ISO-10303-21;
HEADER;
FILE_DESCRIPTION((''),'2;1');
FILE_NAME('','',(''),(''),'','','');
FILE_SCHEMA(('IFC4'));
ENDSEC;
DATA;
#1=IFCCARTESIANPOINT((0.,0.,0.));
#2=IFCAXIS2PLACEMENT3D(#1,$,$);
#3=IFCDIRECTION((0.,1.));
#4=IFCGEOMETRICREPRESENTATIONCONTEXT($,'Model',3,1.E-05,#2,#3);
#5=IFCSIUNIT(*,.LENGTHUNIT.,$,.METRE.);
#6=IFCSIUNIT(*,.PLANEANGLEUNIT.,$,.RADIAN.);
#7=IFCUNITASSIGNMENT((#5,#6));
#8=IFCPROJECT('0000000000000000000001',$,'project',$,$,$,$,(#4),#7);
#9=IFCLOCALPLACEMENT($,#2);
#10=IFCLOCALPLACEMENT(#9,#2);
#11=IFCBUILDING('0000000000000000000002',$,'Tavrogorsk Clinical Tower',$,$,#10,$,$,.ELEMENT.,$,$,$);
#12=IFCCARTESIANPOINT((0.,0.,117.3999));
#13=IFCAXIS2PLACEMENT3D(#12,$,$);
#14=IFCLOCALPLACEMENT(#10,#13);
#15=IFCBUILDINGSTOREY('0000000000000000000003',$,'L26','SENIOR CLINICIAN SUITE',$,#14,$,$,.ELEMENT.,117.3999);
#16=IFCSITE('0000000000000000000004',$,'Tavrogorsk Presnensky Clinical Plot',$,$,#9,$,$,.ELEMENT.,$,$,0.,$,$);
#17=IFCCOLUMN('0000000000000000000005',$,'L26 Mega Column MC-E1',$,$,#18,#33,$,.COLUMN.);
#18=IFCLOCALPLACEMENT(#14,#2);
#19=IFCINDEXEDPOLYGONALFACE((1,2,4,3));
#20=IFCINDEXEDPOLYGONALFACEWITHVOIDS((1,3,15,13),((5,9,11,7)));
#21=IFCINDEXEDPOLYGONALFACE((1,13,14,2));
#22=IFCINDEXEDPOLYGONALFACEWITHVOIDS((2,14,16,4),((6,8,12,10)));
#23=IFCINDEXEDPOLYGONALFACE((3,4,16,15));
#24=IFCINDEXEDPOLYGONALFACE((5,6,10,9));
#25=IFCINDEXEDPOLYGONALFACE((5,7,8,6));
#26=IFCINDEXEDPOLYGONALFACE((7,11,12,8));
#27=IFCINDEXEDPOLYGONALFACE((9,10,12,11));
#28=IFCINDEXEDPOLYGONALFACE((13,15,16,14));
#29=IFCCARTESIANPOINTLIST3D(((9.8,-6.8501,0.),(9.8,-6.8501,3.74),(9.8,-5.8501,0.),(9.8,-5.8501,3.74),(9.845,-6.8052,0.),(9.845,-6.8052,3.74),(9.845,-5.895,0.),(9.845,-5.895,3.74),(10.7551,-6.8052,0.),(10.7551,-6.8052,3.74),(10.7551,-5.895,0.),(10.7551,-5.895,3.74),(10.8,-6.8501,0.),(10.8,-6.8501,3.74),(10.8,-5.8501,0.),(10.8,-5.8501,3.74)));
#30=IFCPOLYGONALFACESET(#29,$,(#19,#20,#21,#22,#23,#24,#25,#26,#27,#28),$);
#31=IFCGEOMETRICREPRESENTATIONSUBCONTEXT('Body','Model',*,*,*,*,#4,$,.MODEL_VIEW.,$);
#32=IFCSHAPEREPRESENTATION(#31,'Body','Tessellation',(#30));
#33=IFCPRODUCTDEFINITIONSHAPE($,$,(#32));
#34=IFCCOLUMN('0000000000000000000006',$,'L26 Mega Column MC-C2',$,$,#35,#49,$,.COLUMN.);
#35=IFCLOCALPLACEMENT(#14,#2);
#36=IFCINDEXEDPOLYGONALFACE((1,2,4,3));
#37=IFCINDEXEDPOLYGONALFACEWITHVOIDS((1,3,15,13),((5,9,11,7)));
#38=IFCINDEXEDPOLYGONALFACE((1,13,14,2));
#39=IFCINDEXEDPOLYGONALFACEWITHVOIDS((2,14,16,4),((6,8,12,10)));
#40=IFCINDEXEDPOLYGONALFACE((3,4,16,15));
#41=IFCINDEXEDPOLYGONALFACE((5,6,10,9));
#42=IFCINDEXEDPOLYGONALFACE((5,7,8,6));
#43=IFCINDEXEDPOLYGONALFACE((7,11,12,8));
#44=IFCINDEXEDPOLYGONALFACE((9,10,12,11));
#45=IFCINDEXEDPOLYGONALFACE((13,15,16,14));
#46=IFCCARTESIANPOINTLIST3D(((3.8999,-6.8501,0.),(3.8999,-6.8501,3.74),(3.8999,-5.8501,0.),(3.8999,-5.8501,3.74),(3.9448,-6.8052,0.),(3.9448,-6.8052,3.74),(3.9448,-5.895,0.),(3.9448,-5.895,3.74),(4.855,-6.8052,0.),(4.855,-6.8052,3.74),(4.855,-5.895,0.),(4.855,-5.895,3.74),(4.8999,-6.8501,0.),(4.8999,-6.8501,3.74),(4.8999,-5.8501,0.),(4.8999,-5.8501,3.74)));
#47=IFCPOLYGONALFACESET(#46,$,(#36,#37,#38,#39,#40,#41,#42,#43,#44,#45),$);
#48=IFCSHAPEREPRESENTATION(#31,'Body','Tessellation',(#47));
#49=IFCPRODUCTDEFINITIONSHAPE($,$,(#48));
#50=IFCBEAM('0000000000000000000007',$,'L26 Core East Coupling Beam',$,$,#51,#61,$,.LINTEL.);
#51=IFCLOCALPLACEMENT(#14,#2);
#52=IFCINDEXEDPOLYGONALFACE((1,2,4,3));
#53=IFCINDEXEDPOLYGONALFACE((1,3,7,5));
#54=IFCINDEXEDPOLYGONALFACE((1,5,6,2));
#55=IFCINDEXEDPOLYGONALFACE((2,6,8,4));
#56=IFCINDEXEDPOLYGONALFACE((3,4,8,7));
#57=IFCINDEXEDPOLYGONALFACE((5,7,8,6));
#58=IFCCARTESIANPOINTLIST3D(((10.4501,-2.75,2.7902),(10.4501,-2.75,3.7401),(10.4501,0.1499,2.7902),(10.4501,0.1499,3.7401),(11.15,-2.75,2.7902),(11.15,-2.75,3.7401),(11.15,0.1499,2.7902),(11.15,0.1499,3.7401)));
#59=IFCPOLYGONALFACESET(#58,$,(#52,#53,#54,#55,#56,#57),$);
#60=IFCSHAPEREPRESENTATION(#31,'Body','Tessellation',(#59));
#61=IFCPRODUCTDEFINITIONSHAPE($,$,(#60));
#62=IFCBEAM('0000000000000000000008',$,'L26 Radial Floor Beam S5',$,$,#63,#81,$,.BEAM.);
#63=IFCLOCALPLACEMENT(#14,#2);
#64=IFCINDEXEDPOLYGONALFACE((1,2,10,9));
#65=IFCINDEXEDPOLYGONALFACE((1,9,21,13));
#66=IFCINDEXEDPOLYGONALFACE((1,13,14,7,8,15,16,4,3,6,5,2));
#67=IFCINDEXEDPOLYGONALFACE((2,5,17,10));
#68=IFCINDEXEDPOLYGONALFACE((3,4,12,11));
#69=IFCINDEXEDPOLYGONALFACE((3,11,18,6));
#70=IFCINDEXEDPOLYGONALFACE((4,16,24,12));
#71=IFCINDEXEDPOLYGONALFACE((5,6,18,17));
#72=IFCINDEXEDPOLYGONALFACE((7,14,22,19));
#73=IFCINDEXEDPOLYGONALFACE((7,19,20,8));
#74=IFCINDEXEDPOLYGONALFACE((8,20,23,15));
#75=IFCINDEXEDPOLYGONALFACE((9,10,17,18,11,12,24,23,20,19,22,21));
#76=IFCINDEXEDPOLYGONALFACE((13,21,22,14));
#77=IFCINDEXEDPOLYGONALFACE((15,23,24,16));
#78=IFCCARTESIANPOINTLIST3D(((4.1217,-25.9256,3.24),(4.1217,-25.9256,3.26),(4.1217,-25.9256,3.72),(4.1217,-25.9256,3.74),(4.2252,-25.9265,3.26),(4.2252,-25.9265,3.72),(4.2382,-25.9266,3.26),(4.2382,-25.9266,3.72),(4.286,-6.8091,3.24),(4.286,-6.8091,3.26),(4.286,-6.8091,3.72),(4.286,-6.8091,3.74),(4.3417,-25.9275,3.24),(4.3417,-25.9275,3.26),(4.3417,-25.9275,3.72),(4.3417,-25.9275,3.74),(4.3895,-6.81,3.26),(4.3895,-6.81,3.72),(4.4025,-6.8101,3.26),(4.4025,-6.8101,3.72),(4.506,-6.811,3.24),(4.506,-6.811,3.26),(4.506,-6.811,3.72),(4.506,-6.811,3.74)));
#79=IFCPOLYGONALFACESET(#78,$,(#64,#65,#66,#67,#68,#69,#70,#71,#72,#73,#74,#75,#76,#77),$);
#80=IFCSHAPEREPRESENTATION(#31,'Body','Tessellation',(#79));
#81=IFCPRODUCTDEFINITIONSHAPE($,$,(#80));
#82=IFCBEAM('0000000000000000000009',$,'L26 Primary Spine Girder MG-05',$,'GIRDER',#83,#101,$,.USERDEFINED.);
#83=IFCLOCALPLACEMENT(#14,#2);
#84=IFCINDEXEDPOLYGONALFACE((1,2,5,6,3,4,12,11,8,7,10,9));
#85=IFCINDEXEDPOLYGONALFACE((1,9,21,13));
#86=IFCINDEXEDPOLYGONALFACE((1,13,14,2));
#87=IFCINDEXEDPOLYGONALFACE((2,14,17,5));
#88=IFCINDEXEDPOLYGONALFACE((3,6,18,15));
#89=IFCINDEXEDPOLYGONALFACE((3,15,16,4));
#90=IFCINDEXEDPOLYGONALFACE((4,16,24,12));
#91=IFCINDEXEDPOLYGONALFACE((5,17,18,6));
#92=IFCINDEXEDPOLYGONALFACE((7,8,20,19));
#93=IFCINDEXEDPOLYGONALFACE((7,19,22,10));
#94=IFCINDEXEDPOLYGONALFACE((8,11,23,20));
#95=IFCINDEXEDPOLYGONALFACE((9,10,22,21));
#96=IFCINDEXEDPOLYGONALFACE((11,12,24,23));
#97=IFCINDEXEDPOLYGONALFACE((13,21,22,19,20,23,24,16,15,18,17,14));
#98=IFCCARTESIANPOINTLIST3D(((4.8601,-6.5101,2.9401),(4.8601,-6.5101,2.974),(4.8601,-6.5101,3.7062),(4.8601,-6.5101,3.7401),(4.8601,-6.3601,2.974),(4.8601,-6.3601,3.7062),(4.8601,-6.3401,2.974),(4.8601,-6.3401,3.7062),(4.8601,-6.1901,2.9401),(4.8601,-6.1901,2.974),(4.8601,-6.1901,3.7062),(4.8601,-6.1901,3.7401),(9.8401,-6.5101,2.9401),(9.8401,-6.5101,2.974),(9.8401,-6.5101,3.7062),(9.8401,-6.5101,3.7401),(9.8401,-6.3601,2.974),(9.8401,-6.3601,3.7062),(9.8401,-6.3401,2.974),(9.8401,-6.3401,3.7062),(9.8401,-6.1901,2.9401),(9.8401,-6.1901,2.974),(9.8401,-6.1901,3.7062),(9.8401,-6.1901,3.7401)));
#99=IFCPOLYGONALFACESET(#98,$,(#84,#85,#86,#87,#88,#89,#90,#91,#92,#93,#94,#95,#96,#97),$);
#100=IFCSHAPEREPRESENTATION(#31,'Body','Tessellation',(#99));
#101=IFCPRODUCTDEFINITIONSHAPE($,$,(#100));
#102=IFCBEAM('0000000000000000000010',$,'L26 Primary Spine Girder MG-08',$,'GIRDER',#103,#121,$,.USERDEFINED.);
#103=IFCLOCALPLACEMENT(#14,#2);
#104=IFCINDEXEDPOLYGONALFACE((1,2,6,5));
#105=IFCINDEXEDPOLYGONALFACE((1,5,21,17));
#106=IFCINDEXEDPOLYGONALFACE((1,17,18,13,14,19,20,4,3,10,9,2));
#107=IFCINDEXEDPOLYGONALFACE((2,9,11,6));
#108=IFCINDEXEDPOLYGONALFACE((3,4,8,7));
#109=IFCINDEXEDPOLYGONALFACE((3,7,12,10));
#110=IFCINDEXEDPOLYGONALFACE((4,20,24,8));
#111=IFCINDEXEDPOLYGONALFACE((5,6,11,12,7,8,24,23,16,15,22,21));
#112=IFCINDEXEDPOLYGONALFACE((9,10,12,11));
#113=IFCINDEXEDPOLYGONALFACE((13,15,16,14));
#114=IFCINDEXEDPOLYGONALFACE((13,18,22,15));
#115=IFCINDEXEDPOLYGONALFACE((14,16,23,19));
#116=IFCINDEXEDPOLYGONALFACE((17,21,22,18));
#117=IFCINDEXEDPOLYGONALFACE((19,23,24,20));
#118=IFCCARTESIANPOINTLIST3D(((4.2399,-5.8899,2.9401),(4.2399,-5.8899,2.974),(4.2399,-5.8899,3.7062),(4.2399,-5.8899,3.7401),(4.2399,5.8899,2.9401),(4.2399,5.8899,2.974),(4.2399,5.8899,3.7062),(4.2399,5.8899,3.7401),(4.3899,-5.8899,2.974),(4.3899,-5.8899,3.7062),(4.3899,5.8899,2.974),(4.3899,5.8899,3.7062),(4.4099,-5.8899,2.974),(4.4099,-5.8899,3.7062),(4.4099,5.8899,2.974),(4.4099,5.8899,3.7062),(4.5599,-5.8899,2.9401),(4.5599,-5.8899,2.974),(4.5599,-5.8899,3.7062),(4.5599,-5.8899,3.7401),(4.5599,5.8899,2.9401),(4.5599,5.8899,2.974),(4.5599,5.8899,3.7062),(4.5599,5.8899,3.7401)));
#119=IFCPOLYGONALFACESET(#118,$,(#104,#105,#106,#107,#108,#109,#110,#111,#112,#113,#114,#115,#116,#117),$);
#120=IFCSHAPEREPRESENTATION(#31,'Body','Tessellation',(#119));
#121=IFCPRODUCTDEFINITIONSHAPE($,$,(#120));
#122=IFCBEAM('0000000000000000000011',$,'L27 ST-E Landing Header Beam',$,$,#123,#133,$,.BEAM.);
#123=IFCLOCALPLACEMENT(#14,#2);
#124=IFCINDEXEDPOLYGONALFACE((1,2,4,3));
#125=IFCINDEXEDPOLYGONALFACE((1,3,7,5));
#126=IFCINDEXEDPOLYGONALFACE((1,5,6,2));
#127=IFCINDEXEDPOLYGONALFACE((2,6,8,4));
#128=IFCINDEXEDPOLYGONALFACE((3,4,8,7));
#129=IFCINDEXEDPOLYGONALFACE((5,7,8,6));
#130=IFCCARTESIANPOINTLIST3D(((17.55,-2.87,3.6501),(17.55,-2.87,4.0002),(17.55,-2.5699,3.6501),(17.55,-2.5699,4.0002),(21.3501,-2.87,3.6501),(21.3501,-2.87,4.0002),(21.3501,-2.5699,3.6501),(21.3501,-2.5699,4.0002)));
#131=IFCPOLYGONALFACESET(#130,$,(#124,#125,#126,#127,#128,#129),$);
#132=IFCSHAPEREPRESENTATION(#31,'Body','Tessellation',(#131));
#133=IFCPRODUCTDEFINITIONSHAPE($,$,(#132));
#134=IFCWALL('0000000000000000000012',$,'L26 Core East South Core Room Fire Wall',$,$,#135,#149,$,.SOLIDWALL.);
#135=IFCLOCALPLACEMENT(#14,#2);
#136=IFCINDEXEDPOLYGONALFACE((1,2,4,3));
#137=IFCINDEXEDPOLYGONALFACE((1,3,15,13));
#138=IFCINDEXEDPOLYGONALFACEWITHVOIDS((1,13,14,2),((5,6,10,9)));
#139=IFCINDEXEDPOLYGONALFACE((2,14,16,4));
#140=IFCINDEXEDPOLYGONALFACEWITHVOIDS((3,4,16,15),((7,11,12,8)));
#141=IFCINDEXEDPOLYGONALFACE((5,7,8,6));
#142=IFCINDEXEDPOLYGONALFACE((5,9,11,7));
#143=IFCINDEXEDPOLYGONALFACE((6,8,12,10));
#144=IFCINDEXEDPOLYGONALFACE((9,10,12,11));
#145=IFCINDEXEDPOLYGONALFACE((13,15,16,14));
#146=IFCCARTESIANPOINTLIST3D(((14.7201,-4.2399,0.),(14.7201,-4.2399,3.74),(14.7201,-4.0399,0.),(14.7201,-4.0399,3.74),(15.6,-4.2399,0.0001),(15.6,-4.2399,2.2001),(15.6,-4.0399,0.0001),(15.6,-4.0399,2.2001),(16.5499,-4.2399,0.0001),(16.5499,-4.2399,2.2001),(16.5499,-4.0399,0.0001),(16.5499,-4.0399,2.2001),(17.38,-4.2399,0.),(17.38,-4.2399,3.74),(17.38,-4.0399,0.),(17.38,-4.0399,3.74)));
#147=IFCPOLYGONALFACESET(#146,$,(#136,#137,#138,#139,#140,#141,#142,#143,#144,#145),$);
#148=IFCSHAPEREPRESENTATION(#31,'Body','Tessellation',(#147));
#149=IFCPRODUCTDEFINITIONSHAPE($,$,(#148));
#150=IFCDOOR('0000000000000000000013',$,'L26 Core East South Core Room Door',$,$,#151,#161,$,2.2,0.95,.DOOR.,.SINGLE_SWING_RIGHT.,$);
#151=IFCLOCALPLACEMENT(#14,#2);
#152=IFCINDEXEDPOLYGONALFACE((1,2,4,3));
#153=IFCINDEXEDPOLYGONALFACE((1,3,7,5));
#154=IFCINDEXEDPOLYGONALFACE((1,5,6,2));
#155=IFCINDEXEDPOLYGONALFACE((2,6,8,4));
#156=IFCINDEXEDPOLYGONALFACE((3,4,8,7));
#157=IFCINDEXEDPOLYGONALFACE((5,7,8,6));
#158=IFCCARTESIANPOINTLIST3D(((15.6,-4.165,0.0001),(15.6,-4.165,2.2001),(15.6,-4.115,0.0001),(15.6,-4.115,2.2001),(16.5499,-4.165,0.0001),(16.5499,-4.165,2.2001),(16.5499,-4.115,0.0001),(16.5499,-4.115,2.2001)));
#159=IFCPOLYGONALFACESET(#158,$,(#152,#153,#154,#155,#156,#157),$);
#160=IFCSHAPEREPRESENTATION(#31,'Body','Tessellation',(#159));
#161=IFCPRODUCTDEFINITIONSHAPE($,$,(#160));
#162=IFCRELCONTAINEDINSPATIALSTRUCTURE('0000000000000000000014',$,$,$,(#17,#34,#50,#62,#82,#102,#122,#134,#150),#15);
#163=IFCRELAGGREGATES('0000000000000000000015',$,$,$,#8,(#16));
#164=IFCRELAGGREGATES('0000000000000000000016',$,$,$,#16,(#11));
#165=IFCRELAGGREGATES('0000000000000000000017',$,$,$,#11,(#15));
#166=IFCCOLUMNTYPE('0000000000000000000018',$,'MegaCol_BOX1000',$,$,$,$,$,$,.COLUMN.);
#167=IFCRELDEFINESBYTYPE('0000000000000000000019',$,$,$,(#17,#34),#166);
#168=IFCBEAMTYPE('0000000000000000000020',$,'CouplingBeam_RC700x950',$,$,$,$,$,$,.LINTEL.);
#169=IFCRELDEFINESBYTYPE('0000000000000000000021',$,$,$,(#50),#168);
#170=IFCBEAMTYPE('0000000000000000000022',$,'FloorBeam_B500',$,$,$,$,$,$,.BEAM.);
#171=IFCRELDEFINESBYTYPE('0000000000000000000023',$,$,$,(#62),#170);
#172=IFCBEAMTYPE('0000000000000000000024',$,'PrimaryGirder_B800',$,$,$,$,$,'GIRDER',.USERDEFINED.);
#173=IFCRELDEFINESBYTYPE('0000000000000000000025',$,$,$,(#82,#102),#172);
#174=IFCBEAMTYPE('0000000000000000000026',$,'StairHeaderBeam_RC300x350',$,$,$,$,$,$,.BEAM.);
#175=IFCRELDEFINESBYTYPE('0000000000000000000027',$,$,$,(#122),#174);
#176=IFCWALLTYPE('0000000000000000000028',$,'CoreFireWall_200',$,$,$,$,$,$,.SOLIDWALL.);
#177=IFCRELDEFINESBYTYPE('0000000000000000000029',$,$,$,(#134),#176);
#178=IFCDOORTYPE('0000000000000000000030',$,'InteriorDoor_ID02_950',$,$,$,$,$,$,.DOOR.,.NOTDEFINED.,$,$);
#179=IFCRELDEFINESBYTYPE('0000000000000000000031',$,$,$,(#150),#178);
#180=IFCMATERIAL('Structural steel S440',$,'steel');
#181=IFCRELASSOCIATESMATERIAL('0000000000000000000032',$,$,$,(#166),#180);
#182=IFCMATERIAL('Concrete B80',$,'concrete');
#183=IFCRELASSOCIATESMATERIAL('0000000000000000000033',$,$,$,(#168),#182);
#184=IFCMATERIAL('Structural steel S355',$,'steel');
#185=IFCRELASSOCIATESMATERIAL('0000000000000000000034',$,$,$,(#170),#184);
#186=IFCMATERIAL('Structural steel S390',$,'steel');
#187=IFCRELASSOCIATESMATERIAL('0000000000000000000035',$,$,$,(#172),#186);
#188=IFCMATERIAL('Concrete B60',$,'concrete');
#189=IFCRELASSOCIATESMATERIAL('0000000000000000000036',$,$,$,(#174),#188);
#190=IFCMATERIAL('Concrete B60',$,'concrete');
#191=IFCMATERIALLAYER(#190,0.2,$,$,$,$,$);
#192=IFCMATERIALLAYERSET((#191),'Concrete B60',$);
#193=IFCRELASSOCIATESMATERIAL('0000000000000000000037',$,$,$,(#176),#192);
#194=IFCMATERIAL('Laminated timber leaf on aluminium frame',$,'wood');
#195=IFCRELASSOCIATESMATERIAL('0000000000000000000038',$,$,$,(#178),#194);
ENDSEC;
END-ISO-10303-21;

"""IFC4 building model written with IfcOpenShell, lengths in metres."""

from ifc_helpers import new_model, si_unit, direction, frame, frame_2d, origin, origin_2d, place, context, subcontext, project, spatial, rectangle, hollow_rectangle, i_section, extrude, material, layer, layer_set, material_profile, profile_set, type_object, element, fill, save


model = new_model("IFC4")

# Units and contexts
model_context = context("Model", 3, precision=1e-05, world=origin(), true_north=direction((0.0, 1.0)))
body_context = subcontext(model_context, "Body", "Model", "MODEL_VIEW")
ifc_project = project(units=[si_unit("LENGTHUNIT", "METRE"), si_unit("PLANEANGLEUNIT", "RADIAN")], contexts=[model_context])

# Site, building, storey
site_placement = place(None, origin())
site = spatial("IfcSite", under=ifc_project, at=site_placement, Name="Tavrogorsk Presnensky Clinical Plot", CompositionType="ELEMENT", RefElevation=0.0)
building_placement = place(site_placement, origin())
building = spatial("IfcBuilding", under=site, at=building_placement, Name="Tavrogorsk Clinical Tower", CompositionType="ELEMENT")
storey_placement = place(building_placement, frame((0.0, 0.0, 117.3999)))
storey = spatial("IfcBuildingStorey", under=building, at=storey_placement, Name="L26", Description="SENIOR CLINICIAN SUITE", CompositionType="ELEMENT", Elevation=117.3999)

# Columns
ifc_material_1 = material(Name="Structural steel S440", Category="steel")
ifc_material_profile_1 = material_profile(ifc_material_1, hollow_rectangle(XDim=1.0, YDim=1.0, WallThickness=0.0449, at=origin_2d()), Name="BOX-1000x1000x45")
ifc_profile_set_1 = profile_set([ifc_material_profile_1], Name="Structural steel S440")
column_type = type_object("IfcColumnType", Name="MegaCol_BOX1000", PredefinedType="COLUMN", material=ifc_profile_set_1)
for number, where, z_axis, x_axis, name in (
    (1, (10.3, -6.3501, 0.0), (0.0, 0.0, 1.0), (1.0, 0.0, 0.0), "L26 Mega Column MC-E1"),
    (2, (4.3999, -6.3501, 0.0), (0.0, 0.0, 1.0), (1.0, 0.0, 0.0), "L26 Mega Column MC-C2"),
):
    element("IfcColumn", number, at=place(storey_placement, frame(where, z_axis=z_axis, x_axis=x_axis)), inside=storey, type_object=column_type, Name=name, PredefinedType="COLUMN", context=body_context, shape_type="SweptSolid", body=[
        extrude(hollow_rectangle(XDim=1.0, YDim=1.0, WallThickness=0.0449, at=origin_2d()), origin(), (0.0, 0.0, 1.0), 3.74),
    ])

# Beams
ifc_material_2 = material(Name="Concrete B80", Category="concrete")
ifc_material_profile_2 = material_profile(ifc_material_2, rectangle(XDim=0.7, YDim=0.95, at=origin_2d()), Name="RC-CB-700x950")
ifc_profile_set_2 = profile_set([ifc_material_profile_2], Name="Concrete B80")
beam_type_1 = type_object("IfcBeamType", Name="CouplingBeam_RC700x950", PredefinedType="LINTEL", material=ifc_profile_set_2)
beam_1_placement = place(storey_placement, frame((10.8, -2.75, 3.2651), z_axis=(0.0, 1.0, 0.0), x_axis=(-1.0, 0.0, 0.0)))
element("IfcBeam", 3, at=beam_1_placement, inside=storey, type_object=beam_type_1, Name="L26 Core East Coupling Beam", PredefinedType="LINTEL", context=body_context, shape_type="SweptSolid", body=[
    extrude(rectangle(XDim=0.7, YDim=0.95, at=origin_2d()), origin(), (0.0, 0.0, 1.0), 2.8999),
])
ifc_material_3 = material(Name="Structural steel S355", Category="steel")
ifc_material_profile_3 = material_profile(ifc_material_3, i_section(OverallWidth=0.22, OverallDepth=0.5, WebThickness=0.0129, FlangeThickness=0.02, at=origin_2d()), Name="B-500x220x13x20")
ifc_profile_set_3 = profile_set([ifc_material_profile_3], Name="Structural steel S355")
beam_type_2 = type_object("IfcBeamType", Name="FloorBeam_B500", PredefinedType="BEAM", material=ifc_profile_set_3)
beam_2_placement = place(storey_placement, frame((4.396, -6.8101, 3.49), z_axis=(-0.008595, -0.999963, 0.0), x_axis=(0.999963, -0.008595, 0.0)))
element("IfcBeam", 4, at=beam_2_placement, inside=storey, type_object=beam_type_2, Name="L26 Radial Floor Beam S5", PredefinedType="BEAM", context=body_context, shape_type="SweptSolid", body=[
    extrude(i_section(OverallWidth=0.22, OverallDepth=0.5, WebThickness=0.0129, FlangeThickness=0.02, at=origin_2d()), origin(), (0.0, 0.0, 1.0), 19.1172),
])
ifc_material_4 = material(Name="Structural steel S390", Category="steel")
ifc_material_profile_4 = material_profile(ifc_material_4, i_section(OverallWidth=0.3201, OverallDepth=0.8, WebThickness=0.02, FlangeThickness=0.0339, at=origin_2d()), Name="B-800x320x20x34")
ifc_profile_set_4 = profile_set([ifc_material_profile_4], Name="Structural steel S390")
beam_type_3 = type_object("IfcBeamType", Name="PrimaryGirder_B800", ElementType="GIRDER", PredefinedType="USERDEFINED", material=ifc_profile_set_4)
beam_3_placement = place(storey_placement, frame((4.8601, -6.3501, 3.3401), z_axis=(1.0, 0.0, 0.0), x_axis=(0.0, 1.0, 0.0)))
element("IfcBeam", 5, at=beam_3_placement, inside=storey, type_object=beam_type_3, Name="L26 Primary Spine Girder MG-05", ObjectType="GIRDER", PredefinedType="USERDEFINED", context=body_context, shape_type="SweptSolid", body=[
    extrude(i_section(OverallWidth=0.3201, OverallDepth=0.8, WebThickness=0.02, FlangeThickness=0.0339, at=origin_2d()), origin(), (0.0, 0.0, 1.0), 4.98),
])
beam_4_placement = place(storey_placement, frame((4.3999, -5.8899, 3.3401), z_axis=(0.0, 1.0, 0.0), x_axis=(-1.0, 0.0, 0.0)))
element("IfcBeam", 6, at=beam_4_placement, inside=storey, type_object=beam_type_3, Name="L26 Primary Spine Girder MG-08", ObjectType="GIRDER", PredefinedType="USERDEFINED", context=body_context, shape_type="SweptSolid", body=[
    extrude(i_section(OverallWidth=0.3201, OverallDepth=0.8, WebThickness=0.02, FlangeThickness=0.0339, at=origin_2d()), origin(), (0.0, 0.0, 1.0), 11.7798),
])
ifc_material_5 = material(Name="Concrete B60", Category="concrete")
ifc_material_profile_5 = material_profile(ifc_material_5, rectangle(XDim=0.3, YDim=0.3501, at=origin_2d()), Name="RC-SHB-300x350")
ifc_profile_set_5 = profile_set([ifc_material_profile_5], Name="Concrete B60")
beam_type_4 = type_object("IfcBeamType", Name="StairHeaderBeam_RC300x350", PredefinedType="BEAM", material=ifc_profile_set_5)
beam_5_placement = place(storey_placement, frame((17.55, -2.72, 3.8252), z_axis=(1.0, 0.0, 0.0), x_axis=(0.0, 1.0, 0.0)))
element("IfcBeam", 7, at=beam_5_placement, inside=storey, type_object=beam_type_4, Name="L27 ST-E Landing Header Beam", PredefinedType="BEAM", context=body_context, shape_type="SweptSolid", body=[
    extrude(rectangle(XDim=0.3, YDim=0.3501, at=origin_2d()), origin(), (0.0, 0.0, 1.0), 3.8),
])

# Wall, opening, door
ifc_material_6 = material(Name="Concrete B60", Category="concrete")
ifc_layer_1 = layer(ifc_material_6, 0.2)
ifc_layer_set_1 = layer_set([ifc_layer_1], Name="Concrete B60")
wall_type_1 = type_object("IfcWallType", Name="CoreFireWall_200", PredefinedType="SOLIDWALL", material=ifc_layer_set_1)
wall_1_placement = place(storey_placement, frame((14.72, -4.1399, 0.0), z_axis=(0.0, 0.0, 1.0), x_axis=(1.0, 0.0, 0.0)))
wall_1 = element("IfcWall", 8, at=wall_1_placement, inside=storey, type_object=wall_type_1, Name="L26 Core East South Core Room Fire Wall", PredefinedType="SOLIDWALL", context=body_context, shape_type="SweptSolid", body=[
    extrude(rectangle(XDim=2.6599, YDim=0.2, at=frame_2d((1.3301, 0.0))), origin(), (0.0, 0.0, 1.0), 3.74),
])
opening_1_placement = place(wall_1_placement, frame((0.8799, 0.0, 0.0)))
opening_1 = element("IfcOpeningElement", 9, at=opening_1_placement, cuts=wall_1, PredefinedType="OPENING", context=body_context, shape_type="SweptSolid", body=[
    extrude(rectangle(XDim=0.95, YDim=2.2, at=frame_2d((0.4751, 1.1001))), frame((0.0, 0.1099, 0.0), z_axis=(0.0, -1.0, 0.0), x_axis=(1.0, 0.0, 0.0)), (0.0, 0.0, 1.0), 0.22),
])
ifc_material_7 = material(Name="Laminated timber leaf on aluminium frame", Category="wood")
door_type_1 = type_object("IfcDoorType", Name="InteriorDoor_ID02_950", OperationType="NOTDEFINED", PredefinedType="DOOR", material=ifc_material_7)
door_1_placement = place(opening_1_placement, origin())
door_1 = element("IfcDoor", 10, at=door_1_placement, inside=storey, type_object=door_type_1, Name="L26 Core East South Core Room Door", OperationType="SINGLE_SWING_RIGHT", OverallHeight=2.2, OverallWidth=0.95, PredefinedType="DOOR", context=body_context, shape_type="SweptSolid", body=[
    extrude(rectangle(XDim=0.95, YDim=2.2, at=frame_2d((0.4751, 1.1001))), frame((0.0, 0.0249, 0.0), z_axis=(0.0, -1.0, 0.0), x_axis=(1.0, 0.0, 0.0)), (0.0, 0.0, 1.0), 0.05),
])
fill(opening_1, door_1)

save(model, "model.ifc")
